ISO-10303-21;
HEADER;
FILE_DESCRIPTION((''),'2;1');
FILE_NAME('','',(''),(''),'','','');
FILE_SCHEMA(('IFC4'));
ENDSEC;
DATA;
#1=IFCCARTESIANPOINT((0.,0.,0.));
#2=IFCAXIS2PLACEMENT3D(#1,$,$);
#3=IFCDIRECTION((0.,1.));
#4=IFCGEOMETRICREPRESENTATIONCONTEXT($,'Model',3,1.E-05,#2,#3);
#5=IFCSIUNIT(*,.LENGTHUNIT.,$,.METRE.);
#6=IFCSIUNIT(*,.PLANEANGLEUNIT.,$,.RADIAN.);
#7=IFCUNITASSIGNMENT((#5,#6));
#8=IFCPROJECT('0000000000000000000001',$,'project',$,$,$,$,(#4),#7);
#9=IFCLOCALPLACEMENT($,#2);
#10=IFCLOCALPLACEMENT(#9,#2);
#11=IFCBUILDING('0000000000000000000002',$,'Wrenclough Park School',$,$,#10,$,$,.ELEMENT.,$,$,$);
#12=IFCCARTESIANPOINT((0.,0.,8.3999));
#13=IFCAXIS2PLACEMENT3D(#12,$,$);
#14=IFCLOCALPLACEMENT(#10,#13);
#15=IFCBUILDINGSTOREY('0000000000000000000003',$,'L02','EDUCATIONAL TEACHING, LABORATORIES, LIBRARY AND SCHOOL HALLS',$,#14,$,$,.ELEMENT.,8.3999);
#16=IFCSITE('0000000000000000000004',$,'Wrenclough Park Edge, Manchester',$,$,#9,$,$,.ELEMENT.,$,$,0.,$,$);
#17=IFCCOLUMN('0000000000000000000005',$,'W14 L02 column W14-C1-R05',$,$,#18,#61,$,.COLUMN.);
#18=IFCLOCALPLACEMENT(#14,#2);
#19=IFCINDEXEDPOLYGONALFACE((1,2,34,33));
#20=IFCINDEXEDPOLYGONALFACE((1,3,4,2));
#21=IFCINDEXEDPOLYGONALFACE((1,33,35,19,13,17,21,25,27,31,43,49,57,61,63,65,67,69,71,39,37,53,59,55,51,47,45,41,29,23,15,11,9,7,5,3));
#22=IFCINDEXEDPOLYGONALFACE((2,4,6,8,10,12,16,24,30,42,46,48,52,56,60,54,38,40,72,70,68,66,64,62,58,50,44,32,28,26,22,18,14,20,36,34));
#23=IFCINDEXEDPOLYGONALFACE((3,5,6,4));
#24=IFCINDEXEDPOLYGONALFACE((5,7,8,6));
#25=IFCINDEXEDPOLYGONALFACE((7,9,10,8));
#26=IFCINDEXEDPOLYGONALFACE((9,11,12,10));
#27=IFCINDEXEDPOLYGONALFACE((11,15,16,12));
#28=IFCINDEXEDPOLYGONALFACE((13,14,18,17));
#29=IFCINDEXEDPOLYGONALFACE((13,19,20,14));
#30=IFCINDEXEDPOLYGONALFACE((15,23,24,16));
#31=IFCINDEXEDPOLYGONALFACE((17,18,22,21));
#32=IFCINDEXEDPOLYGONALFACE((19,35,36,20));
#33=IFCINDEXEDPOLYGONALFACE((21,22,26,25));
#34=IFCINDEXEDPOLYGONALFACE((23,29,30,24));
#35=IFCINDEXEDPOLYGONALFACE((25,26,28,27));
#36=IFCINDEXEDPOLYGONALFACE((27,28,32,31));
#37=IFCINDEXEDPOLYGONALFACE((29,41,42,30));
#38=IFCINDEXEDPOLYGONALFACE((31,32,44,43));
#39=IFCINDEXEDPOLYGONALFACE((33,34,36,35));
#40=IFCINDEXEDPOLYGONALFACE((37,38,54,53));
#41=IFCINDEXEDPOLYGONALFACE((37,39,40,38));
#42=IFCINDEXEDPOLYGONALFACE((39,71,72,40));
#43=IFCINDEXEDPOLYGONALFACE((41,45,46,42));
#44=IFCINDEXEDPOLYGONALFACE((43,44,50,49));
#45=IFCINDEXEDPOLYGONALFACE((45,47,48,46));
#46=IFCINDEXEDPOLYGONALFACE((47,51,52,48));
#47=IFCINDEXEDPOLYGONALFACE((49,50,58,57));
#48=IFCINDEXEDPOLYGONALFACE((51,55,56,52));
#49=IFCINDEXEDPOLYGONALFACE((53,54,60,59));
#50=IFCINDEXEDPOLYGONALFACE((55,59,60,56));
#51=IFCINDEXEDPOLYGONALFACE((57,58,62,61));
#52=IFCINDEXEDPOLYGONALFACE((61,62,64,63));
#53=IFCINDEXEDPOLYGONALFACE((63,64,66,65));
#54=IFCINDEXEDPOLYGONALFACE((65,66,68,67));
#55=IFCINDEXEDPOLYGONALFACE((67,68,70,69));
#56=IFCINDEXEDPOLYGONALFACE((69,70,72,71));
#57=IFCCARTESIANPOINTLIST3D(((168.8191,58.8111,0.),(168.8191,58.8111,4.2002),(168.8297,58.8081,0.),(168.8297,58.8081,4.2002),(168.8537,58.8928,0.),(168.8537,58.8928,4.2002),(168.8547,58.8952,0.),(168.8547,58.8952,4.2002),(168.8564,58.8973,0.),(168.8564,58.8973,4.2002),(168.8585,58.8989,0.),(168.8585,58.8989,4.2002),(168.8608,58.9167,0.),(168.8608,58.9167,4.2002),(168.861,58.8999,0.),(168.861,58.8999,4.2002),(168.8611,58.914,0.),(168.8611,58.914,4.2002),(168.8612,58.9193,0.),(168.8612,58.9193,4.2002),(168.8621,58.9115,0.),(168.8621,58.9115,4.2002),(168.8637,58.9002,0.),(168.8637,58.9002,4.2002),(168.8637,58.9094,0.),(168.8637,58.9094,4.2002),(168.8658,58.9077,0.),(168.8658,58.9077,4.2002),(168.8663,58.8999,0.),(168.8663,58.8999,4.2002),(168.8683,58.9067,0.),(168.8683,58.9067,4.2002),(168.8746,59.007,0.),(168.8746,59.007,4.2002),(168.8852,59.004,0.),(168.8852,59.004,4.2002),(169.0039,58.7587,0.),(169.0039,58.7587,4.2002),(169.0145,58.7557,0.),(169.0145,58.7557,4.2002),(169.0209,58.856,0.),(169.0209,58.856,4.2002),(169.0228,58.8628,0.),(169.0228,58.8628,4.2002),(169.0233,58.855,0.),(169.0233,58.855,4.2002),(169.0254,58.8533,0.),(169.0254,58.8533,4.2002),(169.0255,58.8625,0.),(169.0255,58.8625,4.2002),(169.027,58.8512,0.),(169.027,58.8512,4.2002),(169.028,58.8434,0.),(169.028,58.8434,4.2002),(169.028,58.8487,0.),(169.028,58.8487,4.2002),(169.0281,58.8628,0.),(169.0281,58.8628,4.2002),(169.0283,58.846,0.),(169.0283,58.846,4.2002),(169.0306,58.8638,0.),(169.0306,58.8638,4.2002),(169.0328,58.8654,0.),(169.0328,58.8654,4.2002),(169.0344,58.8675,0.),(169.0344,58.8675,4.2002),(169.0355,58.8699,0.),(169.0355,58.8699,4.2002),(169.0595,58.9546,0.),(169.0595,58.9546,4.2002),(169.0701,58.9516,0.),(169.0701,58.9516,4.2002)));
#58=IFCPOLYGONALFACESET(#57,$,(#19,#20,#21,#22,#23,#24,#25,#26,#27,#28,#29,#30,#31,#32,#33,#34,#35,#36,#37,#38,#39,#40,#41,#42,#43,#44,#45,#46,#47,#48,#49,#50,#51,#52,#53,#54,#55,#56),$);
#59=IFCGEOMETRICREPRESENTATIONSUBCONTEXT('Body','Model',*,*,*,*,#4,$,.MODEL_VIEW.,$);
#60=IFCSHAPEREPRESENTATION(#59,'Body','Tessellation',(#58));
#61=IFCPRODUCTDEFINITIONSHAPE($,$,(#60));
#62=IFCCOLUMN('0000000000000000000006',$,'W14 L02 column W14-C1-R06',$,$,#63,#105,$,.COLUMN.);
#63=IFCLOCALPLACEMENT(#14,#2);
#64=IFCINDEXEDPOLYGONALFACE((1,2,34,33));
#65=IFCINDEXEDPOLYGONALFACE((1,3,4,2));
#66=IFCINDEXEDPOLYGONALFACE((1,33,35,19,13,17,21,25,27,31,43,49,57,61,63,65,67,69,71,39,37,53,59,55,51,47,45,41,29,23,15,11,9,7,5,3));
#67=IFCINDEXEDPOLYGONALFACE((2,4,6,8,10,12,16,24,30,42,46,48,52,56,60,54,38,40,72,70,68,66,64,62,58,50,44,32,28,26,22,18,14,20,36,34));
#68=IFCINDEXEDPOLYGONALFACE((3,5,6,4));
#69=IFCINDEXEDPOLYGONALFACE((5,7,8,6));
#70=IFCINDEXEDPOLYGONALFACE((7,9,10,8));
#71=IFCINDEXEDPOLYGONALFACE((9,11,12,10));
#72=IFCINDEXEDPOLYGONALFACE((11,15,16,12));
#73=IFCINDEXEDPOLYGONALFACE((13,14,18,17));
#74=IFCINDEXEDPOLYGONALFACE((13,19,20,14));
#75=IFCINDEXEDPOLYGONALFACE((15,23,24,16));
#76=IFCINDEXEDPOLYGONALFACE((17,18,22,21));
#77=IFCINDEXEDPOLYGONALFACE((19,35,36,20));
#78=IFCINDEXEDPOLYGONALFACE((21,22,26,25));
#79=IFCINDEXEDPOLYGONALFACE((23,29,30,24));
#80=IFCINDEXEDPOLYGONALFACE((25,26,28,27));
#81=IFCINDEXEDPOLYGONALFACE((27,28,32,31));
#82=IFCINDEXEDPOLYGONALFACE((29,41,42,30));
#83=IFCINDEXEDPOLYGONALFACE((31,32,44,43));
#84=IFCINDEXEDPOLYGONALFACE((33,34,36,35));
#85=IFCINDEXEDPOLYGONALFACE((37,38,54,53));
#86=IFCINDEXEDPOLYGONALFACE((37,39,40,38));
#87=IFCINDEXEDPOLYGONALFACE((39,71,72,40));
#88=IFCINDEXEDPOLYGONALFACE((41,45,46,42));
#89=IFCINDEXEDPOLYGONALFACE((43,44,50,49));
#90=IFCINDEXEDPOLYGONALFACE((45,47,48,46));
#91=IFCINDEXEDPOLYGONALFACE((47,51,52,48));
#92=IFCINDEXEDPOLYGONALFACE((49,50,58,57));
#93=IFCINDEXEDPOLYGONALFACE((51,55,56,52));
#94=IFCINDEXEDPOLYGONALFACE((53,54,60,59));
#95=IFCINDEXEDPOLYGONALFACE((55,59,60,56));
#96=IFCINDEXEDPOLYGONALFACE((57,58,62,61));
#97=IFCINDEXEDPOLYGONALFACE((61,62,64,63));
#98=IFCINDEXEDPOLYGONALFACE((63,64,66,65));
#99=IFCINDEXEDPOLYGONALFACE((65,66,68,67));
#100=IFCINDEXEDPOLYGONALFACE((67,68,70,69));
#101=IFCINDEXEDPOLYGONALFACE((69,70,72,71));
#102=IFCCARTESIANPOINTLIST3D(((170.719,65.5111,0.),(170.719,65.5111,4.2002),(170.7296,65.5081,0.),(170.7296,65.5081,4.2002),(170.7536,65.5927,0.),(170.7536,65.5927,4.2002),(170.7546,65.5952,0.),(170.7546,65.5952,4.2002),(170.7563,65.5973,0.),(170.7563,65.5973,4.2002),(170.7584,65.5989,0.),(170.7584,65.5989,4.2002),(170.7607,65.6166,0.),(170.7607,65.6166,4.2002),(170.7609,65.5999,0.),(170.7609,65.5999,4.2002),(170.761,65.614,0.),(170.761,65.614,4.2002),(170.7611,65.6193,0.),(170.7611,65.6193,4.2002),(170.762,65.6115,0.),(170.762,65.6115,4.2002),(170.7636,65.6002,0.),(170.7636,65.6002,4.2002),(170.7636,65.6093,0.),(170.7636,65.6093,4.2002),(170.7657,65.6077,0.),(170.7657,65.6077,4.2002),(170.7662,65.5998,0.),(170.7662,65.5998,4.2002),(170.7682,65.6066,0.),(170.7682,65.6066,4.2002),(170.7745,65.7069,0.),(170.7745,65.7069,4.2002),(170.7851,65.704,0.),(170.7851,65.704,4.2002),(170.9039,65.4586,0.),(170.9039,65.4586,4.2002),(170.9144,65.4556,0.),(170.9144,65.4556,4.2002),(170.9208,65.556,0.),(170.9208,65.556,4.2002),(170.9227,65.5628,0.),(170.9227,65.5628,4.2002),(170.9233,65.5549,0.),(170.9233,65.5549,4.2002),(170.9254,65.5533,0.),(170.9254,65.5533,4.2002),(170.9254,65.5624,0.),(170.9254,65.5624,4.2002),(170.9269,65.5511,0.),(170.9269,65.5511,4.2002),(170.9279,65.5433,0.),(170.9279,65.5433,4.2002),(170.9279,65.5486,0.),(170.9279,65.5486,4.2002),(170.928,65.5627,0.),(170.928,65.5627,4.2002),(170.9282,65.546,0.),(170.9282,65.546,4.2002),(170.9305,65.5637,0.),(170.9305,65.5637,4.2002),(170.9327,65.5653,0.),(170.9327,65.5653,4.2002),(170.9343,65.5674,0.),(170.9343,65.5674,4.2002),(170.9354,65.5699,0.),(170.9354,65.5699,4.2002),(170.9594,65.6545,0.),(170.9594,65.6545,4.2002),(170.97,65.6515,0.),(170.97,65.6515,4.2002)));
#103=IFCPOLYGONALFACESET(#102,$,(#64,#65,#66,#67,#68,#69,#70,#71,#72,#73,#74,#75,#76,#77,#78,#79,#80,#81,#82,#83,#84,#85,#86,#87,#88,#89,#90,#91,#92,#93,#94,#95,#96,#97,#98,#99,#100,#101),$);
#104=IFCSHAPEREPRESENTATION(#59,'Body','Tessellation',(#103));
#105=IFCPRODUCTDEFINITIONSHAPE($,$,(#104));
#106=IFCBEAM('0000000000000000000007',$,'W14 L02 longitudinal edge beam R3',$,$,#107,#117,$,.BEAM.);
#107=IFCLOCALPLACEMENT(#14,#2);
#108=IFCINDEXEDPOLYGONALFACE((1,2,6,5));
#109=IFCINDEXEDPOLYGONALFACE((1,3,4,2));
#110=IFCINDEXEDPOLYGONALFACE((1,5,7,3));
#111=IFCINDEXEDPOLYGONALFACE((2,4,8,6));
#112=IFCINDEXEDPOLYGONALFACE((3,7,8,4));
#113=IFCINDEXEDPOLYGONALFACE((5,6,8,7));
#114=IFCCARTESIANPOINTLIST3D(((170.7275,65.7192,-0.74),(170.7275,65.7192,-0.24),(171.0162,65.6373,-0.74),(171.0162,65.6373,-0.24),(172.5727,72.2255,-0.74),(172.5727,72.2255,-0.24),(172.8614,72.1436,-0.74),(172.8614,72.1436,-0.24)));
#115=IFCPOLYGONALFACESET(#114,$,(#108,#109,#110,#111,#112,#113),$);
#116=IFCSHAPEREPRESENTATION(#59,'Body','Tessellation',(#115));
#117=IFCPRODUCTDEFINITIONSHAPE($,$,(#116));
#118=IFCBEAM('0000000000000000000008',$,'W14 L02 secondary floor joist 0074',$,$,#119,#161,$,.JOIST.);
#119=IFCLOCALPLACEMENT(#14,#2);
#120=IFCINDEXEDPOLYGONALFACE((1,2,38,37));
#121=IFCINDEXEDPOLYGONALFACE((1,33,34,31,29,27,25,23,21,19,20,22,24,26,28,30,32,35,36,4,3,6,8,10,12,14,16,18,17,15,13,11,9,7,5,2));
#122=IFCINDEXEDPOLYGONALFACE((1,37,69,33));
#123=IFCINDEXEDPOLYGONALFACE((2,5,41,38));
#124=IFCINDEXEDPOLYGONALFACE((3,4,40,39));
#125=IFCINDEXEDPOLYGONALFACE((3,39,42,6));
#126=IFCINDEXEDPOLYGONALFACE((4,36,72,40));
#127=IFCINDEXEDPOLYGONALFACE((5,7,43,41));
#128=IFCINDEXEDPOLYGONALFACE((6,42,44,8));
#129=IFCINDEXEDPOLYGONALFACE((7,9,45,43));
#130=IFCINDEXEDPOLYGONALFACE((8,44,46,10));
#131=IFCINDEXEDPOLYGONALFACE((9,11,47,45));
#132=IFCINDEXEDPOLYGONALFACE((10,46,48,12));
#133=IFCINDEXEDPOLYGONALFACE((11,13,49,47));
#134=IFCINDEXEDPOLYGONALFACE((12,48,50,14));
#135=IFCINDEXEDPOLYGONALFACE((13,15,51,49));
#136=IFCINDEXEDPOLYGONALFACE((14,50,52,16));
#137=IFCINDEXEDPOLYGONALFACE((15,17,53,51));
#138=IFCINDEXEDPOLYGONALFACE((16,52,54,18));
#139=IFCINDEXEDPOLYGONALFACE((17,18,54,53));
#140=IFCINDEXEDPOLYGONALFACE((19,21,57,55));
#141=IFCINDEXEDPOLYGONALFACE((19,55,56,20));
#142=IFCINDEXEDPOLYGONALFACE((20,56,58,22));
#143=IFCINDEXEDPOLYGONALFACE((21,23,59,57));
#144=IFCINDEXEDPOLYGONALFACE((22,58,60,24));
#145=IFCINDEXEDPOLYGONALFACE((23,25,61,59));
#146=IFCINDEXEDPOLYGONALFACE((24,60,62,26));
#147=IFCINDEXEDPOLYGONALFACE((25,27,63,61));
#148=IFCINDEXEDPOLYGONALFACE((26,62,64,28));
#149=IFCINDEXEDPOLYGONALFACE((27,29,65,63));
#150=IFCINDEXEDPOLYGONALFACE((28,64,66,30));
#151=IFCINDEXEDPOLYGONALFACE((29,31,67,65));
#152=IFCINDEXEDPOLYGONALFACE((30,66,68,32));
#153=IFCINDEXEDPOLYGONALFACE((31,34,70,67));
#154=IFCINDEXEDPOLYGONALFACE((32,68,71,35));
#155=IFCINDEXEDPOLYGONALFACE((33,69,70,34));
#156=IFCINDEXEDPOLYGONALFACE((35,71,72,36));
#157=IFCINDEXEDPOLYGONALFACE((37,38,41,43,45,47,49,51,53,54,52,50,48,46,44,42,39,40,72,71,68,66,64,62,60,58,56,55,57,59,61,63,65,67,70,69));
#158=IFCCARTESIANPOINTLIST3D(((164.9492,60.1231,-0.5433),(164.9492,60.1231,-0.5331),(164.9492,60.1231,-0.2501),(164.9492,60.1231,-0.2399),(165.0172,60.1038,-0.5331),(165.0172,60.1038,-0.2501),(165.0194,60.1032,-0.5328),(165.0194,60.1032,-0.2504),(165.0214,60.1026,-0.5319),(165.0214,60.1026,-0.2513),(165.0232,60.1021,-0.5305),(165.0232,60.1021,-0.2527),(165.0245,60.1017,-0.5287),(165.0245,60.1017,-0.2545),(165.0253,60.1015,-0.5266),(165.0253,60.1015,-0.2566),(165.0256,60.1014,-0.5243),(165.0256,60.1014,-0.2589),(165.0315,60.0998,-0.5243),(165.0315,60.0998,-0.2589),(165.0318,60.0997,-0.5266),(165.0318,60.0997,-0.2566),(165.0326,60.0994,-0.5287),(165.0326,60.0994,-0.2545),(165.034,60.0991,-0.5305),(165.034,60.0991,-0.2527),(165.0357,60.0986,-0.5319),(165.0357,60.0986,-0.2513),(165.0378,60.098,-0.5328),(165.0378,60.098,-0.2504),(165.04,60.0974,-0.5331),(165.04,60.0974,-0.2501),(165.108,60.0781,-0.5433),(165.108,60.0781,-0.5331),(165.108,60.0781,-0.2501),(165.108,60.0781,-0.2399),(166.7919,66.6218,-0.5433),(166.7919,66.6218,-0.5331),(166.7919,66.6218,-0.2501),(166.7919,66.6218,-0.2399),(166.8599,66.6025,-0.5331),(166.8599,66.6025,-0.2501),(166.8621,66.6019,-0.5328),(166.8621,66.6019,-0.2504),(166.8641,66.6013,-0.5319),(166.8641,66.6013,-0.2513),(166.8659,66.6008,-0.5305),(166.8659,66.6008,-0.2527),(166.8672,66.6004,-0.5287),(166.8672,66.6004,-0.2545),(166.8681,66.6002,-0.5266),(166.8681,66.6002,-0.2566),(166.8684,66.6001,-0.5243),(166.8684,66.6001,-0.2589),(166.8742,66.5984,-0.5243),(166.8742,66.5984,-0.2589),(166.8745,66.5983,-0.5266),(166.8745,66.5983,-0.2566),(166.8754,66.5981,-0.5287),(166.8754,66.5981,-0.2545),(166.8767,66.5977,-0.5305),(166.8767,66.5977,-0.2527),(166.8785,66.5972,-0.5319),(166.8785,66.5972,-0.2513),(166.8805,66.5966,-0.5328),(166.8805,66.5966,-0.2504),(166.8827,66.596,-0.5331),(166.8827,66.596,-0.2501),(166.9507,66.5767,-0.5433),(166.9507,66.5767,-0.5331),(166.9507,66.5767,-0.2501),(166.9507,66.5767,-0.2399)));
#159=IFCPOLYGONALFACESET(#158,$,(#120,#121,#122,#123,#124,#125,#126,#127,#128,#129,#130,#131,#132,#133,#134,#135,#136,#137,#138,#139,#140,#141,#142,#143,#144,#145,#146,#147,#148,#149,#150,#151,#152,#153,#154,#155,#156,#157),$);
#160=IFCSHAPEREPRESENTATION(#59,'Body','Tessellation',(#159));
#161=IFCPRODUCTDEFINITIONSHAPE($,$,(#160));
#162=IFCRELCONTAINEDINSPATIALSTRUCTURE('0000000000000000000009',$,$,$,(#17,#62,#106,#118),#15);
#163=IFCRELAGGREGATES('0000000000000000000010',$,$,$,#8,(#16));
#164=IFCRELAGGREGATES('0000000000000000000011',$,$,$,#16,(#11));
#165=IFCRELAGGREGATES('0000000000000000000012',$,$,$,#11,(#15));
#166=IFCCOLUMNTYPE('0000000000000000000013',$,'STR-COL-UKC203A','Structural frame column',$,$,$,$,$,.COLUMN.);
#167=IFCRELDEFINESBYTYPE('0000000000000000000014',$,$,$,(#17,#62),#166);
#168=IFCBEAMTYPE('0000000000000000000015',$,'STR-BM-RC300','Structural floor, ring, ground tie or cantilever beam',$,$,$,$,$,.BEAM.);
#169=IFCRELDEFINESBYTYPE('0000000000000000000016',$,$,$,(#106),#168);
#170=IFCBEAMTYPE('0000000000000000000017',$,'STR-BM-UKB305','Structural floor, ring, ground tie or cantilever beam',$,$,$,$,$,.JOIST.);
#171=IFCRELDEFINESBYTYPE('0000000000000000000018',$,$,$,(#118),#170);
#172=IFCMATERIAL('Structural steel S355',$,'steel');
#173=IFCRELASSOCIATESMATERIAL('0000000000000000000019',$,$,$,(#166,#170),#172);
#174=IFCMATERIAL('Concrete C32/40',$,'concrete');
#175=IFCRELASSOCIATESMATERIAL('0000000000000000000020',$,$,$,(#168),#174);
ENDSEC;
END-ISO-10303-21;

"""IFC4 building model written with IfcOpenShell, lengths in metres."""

from ifc_helpers import new_model, si_unit, direction, frame, origin, origin_2d, place, context, subcontext, project, spatial, rectangle, i_section, extrude, material, material_profile, profile_set, type_object, element, save


model = new_model("IFC4")

# Units and contexts
model_context = context("Model", 3, precision=1e-05, world=origin(), true_north=direction((0.0, 1.0)))
body_context = subcontext(model_context, "Body", "Model", "MODEL_VIEW")
ifc_project = project(units=[si_unit("LENGTHUNIT", "METRE"), si_unit("PLANEANGLEUNIT", "RADIAN")], contexts=[model_context])

# Site, building, storey
site_placement = place(None, origin())
site = spatial("IfcSite", under=ifc_project, at=site_placement, Name="Wrenclough Park Edge, Manchester", CompositionType="ELEMENT", RefElevation=0.0)
building_placement = place(site_placement, origin())
building = spatial("IfcBuilding", under=site, at=building_placement, Name="Wrenclough Park School", CompositionType="ELEMENT")
storey_placement = place(building_placement, frame((0.0, 0.0, 8.3999)))
storey = spatial("IfcBuildingStorey", under=building, at=storey_placement, Name="L02", Description="EDUCATIONAL TEACHING, LABORATORIES, LIBRARY AND SCHOOL HALLS", CompositionType="ELEMENT", Elevation=8.3999)

# Columns
ifc_material_1 = material(Name="Structural steel S355", Category="steel")
ifc_material_profile_1 = material_profile(ifc_material_1, i_section(OverallWidth=0.2036, OverallDepth=0.2031, WebThickness=0.0071, FlangeThickness=0.011, FilletRadius=0.0103, at=origin_2d()), Name="UKC 203x203x46")
ifc_profile_set_1 = profile_set([ifc_material_profile_1], Name="Structural steel S355")
column_type = type_object("IfcColumnType", Name="STR-COL-UKC203A", Description="Structural frame column", PredefinedType="COLUMN", material=ifc_profile_set_1)
for number, where, z_axis, x_axis, name in (
    (1, (168.9446, 58.8813, 0.0), (0.0, 0.0, 1.0), (0.272784, 0.962075, 0.0), "W14 L02 column W14-C1-R05"),
    (2, (170.8445, 65.5813, 0.0), (0.0, 0.0, 1.0), (0.272784, 0.962075, 0.0), "W14 L02 column W14-C1-R06"),
):
    element("IfcColumn", number, at=place(storey_placement, frame(where, z_axis=z_axis, x_axis=x_axis)), inside=storey, type_object=column_type, Name=name, PredefinedType="COLUMN", context=body_context, shape_type="SweptSolid", body=[
        extrude(i_section(OverallWidth=0.2036, OverallDepth=0.2031, WebThickness=0.0071, FlangeThickness=0.011, FilletRadius=0.0103, at=origin_2d()), origin(), (0.0, 0.0, 1.0), 4.2002),
    ])

# Beams
ifc_material_2 = material(Name="Concrete C32/40", Category="concrete")
ifc_material_profile_2 = material_profile(ifc_material_2, rectangle(XDim=0.3, YDim=0.5, at=origin_2d()), Name="RC BEAM 300x500")
ifc_profile_set_2 = profile_set([ifc_material_profile_2], Name="Concrete C32/40")
beam_type_1 = type_object("IfcBeamType", Name="STR-BM-RC300", Description="Structural floor, ring, ground tie or cantilever beam", PredefinedType="BEAM", material=ifc_profile_set_2)
beam_1_placement = place(storey_placement, frame((170.8718, 65.6782, -0.49), z_axis=(0.272842, 0.962059, 0.0), x_axis=(-0.962059, 0.272842, 0.0)))
element("IfcBeam", 3, at=beam_1_placement, inside=storey, type_object=beam_type_1, Name="W14 L02 longitudinal edge beam R3", PredefinedType="BEAM", context=body_context, shape_type="SweptSolid", body=[
    extrude(rectangle(XDim=0.3, YDim=0.5, at=origin_2d()), origin(), (0.0, 0.0, 1.0), 6.7629),
])
ifc_material_profile_3 = material_profile(ifc_material_1, i_section(OverallWidth=0.165, OverallDepth=0.3035, WebThickness=0.0061, FlangeThickness=0.0103, FilletRadius=0.0088, at=origin_2d()), Name="UKB 305x165x40")
ifc_profile_set_3 = profile_set([ifc_material_profile_3], Name="Structural steel S355")
beam_type_2 = type_object("IfcBeamType", Name="STR-BM-UKB305", Description="Structural floor, ring, ground tie or cantilever beam", PredefinedType="JOIST", material=ifc_profile_set_3)
beam_2_placement = place(storey_placement, frame((165.0286, 60.1006, -0.3916), z_axis=(0.272802, 0.96207, 0.0), x_axis=(-0.96207, 0.272802, 0.0)))
element("IfcBeam", 4, at=beam_2_placement, inside=storey, type_object=beam_type_2, Name="W14 L02 secondary floor joist 0074", PredefinedType="JOIST", context=body_context, shape_type="SweptSolid", body=[
    extrude(i_section(OverallWidth=0.165, OverallDepth=0.3035, WebThickness=0.0061, FlangeThickness=0.0103, FilletRadius=0.0088, at=origin_2d()), origin(), (0.0, 0.0, 1.0), 6.7549),
])

save(model, "model.ifc")
